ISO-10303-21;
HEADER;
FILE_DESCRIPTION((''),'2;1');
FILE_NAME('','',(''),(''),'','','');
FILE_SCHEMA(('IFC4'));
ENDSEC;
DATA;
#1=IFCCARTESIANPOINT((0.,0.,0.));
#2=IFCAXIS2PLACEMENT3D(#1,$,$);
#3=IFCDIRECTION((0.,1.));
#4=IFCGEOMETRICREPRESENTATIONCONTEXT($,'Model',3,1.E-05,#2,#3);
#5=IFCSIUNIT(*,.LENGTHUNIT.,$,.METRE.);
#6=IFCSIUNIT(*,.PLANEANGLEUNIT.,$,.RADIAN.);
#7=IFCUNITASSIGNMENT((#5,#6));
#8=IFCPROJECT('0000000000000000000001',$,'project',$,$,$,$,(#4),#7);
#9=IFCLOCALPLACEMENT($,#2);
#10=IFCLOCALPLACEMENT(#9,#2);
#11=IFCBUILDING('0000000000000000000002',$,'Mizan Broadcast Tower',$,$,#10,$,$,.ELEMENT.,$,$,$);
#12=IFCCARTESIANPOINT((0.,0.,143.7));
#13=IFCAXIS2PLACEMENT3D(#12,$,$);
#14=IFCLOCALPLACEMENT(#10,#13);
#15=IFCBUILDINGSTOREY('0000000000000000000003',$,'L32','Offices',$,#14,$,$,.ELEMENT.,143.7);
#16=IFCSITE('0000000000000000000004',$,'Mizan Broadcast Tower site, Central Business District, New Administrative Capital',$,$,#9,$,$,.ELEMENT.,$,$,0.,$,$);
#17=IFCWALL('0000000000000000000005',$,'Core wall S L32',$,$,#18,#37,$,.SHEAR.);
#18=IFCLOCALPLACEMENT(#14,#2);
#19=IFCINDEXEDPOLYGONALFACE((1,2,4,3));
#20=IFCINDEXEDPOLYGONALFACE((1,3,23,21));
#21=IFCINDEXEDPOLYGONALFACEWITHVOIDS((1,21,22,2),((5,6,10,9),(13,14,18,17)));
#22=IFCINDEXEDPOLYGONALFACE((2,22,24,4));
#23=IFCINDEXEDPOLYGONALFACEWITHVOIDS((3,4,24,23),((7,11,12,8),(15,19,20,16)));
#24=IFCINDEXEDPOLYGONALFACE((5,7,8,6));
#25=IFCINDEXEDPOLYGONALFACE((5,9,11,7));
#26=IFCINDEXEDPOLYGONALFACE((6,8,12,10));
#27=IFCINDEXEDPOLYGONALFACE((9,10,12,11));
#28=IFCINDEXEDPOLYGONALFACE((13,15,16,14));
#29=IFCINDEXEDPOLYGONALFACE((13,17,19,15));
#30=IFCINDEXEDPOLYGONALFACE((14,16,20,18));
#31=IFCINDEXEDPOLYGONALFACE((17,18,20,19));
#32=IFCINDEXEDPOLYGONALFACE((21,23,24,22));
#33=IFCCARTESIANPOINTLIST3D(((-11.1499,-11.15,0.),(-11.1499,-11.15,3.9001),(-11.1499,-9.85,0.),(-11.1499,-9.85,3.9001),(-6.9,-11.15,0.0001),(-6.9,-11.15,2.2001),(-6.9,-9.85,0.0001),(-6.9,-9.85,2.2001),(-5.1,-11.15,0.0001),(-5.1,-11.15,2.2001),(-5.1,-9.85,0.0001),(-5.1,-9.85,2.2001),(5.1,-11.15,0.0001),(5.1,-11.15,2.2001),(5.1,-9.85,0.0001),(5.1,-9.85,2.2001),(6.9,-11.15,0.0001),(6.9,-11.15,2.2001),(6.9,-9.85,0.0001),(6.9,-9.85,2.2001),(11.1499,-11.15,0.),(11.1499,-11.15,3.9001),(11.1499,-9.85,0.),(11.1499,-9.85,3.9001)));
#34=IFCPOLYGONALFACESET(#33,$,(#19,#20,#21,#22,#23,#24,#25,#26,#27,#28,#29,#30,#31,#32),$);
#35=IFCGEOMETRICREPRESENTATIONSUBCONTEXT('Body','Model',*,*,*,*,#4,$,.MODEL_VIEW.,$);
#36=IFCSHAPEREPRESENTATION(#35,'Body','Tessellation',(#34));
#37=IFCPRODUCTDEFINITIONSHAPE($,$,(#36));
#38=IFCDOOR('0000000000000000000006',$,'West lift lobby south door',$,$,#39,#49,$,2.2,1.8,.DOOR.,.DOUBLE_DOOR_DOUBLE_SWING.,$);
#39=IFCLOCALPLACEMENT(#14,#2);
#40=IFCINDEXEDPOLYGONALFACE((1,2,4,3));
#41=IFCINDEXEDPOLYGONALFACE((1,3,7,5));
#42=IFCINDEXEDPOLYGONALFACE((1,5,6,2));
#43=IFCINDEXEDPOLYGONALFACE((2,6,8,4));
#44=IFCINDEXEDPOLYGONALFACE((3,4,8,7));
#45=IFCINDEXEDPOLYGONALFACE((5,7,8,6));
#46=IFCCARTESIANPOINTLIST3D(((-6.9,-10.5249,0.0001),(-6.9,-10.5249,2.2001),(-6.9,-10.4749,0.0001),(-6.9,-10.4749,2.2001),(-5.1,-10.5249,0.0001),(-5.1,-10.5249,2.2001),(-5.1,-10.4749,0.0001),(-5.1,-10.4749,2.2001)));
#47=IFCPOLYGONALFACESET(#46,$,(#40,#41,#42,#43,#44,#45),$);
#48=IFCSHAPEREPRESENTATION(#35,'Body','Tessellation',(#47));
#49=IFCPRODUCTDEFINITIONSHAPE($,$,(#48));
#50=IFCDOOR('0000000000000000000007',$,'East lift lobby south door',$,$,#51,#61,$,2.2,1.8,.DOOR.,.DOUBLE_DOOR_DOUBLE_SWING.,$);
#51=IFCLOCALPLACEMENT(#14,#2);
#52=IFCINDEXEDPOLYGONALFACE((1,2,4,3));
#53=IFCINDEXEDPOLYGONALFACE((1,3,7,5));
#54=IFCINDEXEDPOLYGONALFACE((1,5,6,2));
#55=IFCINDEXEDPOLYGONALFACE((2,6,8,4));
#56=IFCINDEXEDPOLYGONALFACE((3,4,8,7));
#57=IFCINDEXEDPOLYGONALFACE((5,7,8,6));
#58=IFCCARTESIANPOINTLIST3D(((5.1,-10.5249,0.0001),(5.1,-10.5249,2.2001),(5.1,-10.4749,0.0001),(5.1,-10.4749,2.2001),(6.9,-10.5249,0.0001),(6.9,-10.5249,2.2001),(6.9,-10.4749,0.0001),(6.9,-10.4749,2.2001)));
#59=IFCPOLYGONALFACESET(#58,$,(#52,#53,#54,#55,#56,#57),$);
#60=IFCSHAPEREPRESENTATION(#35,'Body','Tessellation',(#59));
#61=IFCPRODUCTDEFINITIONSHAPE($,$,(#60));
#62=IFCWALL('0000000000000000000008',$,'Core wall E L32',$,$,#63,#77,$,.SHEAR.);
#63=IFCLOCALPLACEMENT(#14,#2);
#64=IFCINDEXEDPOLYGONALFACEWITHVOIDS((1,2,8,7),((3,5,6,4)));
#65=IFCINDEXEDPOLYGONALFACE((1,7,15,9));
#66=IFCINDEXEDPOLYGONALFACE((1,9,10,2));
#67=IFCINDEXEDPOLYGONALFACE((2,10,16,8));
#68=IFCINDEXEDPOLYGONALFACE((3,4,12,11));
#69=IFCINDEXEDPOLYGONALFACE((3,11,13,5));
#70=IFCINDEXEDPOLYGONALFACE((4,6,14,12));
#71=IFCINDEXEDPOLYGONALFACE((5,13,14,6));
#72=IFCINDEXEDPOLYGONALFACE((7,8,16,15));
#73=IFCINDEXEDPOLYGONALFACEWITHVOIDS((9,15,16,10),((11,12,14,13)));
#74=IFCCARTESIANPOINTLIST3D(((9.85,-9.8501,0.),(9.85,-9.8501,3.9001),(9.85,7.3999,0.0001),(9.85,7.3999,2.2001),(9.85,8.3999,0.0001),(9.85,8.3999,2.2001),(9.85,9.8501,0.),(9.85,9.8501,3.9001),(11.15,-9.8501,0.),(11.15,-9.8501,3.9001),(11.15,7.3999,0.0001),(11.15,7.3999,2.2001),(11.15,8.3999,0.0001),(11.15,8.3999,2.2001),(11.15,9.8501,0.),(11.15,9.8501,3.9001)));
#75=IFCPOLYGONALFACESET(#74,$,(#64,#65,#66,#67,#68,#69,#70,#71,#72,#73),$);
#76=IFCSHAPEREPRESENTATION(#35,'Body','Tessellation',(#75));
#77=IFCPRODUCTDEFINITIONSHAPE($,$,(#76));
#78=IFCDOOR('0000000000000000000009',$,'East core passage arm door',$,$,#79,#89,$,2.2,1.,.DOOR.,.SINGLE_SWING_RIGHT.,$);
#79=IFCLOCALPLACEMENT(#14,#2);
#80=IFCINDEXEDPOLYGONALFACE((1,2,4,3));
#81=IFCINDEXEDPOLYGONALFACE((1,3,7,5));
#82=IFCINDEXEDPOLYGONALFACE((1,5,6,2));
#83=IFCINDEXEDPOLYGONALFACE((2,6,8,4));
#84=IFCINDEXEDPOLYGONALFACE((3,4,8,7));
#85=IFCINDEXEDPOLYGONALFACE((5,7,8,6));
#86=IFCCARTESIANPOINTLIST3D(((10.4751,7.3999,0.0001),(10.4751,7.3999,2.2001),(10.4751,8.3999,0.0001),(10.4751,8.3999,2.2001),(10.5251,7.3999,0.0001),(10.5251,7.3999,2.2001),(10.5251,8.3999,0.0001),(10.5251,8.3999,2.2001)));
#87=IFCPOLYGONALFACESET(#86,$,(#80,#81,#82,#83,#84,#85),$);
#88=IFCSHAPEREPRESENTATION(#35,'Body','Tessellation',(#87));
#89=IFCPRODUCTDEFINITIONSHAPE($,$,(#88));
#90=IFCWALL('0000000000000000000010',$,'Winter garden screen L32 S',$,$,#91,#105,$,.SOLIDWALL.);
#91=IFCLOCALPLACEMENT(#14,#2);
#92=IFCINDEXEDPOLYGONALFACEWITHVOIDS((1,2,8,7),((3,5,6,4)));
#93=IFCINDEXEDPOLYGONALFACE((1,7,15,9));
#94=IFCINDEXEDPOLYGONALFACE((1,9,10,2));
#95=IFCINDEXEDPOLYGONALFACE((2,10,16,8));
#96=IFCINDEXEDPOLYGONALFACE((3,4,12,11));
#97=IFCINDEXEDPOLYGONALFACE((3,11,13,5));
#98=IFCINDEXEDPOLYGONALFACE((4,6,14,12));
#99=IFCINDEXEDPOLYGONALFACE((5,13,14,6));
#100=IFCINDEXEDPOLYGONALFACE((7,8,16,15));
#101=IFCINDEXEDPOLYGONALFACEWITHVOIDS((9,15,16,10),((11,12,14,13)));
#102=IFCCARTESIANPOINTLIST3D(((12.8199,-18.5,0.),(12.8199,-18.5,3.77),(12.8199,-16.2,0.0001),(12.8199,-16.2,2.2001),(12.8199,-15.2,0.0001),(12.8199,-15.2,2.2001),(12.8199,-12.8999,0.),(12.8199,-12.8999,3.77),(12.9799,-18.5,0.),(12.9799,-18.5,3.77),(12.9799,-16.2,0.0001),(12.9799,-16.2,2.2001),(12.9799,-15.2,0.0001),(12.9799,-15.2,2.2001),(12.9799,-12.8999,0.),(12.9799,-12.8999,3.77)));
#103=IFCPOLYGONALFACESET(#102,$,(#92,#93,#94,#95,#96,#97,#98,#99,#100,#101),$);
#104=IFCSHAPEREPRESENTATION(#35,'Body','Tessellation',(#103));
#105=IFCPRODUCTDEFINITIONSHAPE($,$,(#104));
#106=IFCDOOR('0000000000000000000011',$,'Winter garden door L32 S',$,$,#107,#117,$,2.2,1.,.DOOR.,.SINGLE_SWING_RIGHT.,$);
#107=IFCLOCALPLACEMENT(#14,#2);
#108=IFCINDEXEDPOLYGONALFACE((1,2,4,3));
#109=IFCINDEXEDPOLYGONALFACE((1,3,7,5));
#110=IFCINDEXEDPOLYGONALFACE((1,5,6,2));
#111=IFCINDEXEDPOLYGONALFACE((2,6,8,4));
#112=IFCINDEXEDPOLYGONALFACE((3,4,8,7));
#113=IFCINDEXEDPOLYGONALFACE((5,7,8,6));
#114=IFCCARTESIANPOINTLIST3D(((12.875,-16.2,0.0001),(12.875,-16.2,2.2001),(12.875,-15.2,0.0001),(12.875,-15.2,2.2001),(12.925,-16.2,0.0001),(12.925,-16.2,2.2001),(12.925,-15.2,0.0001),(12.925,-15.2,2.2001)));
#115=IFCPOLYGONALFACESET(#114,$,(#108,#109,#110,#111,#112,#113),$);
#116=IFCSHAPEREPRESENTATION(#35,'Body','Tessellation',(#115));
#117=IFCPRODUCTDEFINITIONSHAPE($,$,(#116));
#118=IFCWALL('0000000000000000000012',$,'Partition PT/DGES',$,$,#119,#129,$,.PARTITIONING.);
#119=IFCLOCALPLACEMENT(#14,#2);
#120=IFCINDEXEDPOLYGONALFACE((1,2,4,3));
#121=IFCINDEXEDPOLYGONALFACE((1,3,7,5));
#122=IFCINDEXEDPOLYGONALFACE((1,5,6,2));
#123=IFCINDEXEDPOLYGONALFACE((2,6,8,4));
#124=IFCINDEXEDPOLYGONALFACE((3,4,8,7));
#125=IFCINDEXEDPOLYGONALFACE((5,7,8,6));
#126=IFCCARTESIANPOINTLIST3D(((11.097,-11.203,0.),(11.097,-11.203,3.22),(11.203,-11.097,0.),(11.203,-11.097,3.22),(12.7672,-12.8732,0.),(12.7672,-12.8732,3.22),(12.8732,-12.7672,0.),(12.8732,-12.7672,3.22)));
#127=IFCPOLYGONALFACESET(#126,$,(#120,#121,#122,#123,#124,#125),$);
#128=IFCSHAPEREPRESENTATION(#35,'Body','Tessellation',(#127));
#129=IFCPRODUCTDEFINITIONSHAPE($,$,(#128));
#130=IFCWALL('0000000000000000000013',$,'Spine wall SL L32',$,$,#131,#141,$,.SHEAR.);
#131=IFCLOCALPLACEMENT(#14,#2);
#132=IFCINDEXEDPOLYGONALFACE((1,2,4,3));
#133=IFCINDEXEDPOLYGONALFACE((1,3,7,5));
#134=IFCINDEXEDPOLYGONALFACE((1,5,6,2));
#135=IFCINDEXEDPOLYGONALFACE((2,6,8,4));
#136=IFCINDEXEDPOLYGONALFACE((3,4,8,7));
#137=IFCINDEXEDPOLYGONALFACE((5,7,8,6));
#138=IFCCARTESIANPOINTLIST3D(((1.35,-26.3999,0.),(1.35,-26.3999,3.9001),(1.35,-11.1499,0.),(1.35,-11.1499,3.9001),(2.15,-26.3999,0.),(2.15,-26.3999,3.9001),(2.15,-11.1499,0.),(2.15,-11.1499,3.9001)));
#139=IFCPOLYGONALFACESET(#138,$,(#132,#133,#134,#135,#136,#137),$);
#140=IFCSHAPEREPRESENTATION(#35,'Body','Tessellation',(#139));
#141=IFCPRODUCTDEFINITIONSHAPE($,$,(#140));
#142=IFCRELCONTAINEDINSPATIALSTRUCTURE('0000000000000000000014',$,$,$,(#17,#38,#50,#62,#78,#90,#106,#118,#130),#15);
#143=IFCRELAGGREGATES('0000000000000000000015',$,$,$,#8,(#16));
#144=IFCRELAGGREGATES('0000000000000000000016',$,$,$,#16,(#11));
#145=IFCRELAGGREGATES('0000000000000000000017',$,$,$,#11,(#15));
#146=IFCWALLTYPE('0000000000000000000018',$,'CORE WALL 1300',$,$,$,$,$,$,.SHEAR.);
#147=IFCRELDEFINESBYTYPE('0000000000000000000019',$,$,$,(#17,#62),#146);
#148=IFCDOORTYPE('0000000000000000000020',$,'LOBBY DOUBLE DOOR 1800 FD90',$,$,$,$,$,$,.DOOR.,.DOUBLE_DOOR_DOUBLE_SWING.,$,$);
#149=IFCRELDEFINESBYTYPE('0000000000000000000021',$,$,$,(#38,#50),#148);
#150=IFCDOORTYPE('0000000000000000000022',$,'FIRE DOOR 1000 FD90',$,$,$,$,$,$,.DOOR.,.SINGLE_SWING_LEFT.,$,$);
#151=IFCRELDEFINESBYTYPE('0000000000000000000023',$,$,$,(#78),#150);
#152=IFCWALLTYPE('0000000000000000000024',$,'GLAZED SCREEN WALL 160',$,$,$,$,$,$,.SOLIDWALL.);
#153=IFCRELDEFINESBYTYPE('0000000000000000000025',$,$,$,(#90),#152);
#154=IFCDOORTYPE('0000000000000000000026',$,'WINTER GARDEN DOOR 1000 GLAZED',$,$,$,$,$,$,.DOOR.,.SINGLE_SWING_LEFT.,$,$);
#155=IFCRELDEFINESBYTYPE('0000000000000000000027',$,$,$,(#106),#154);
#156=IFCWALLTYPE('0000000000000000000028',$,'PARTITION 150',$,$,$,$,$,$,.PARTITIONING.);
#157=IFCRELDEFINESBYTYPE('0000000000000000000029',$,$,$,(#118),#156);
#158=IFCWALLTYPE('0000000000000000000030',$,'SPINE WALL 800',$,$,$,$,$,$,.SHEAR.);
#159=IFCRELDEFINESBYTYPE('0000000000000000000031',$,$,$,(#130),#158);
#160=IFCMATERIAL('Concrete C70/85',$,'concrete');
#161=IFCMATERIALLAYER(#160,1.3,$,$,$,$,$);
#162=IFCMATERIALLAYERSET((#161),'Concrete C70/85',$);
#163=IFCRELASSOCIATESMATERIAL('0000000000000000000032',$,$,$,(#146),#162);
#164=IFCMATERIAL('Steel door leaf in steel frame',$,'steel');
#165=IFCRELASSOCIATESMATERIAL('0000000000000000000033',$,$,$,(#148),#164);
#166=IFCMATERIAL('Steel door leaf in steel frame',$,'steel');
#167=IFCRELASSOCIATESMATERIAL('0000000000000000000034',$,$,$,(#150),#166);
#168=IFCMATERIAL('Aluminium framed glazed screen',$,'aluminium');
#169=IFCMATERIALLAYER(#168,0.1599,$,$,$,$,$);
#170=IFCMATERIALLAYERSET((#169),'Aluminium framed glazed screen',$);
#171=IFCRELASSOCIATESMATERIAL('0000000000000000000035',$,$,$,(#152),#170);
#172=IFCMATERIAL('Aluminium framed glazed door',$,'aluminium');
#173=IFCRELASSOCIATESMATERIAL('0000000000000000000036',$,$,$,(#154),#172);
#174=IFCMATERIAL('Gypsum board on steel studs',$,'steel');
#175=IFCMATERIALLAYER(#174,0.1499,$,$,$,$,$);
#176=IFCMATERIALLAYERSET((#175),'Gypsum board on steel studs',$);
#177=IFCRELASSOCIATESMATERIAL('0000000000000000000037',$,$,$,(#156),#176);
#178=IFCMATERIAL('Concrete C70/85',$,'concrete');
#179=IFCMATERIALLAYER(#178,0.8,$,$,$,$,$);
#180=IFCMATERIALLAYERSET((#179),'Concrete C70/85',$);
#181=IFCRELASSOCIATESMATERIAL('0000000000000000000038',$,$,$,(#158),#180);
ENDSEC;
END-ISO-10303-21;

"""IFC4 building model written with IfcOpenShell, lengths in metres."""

from ifc_helpers import new_model, si_unit, direction, frame, frame_2d, origin, place, context, subcontext, project, spatial, rectangle, extrude, material, layer, layer_set, type_object, element, fill, save


model = new_model("IFC4")

# Units and contexts
model_context = context("Model", 3, precision=1e-05, world=origin(), true_north=direction((0.0, 1.0)))
body_context = subcontext(model_context, "Body", "Model", "MODEL_VIEW")
ifc_project = project(units=[si_unit("LENGTHUNIT", "METRE"), si_unit("PLANEANGLEUNIT", "RADIAN")], contexts=[model_context])

# Site, building, storey
site_placement = place(None, origin())
site = spatial("IfcSite", under=ifc_project, at=site_placement, Name="Mizan Broadcast Tower site, Central Business District, New Administrative Capital", CompositionType="ELEMENT", RefElevation=0.0)
building_placement = place(site_placement, origin())
building = spatial("IfcBuilding", under=site, at=building_placement, Name="Mizan Broadcast Tower", CompositionType="ELEMENT")
storey_placement = place(building_placement, frame((0.0, 0.0, 143.7)))
storey = spatial("IfcBuildingStorey", under=building, at=storey_placement, Name="L32", Description="Offices", CompositionType="ELEMENT", Elevation=143.7)

# Wall, openings, doors
ifc_material_1 = material(Name="Concrete C70/85", Category="concrete")
ifc_layer_1 = layer(ifc_material_1, 1.3)
ifc_layer_set_1 = layer_set([ifc_layer_1], Name="Concrete C70/85")
wall_type_1 = type_object("IfcWallType", Name="CORE WALL 1300", PredefinedType="SHEAR", material=ifc_layer_set_1)
wall_1_placement = place(storey_placement, frame((11.1499, -10.5, 0.0), z_axis=(0.0, 0.0, 1.0), x_axis=(-1.0, 0.0, 0.0)))
wall_1 = element("IfcWall", 1, at=wall_1_placement, inside=storey, type_object=wall_type_1, Name="Core wall S L32", PredefinedType="SHEAR", context=body_context, shape_type="SweptSolid", body=[
    extrude(rectangle(XDim=22.2998, YDim=1.3, at=frame_2d((11.1499, 0.0))), origin(), (0.0, 0.0, 1.0), 3.9001),
])
opening_1_placement = place(wall_1_placement, frame((16.25, 0.0, 0.0)))
opening_1 = element("IfcOpeningElement", 2, at=opening_1_placement, cuts=wall_1, PredefinedType="OPENING", context=body_context, shape_type="SweptSolid", body=[
    extrude(rectangle(XDim=1.8, YDim=2.2, at=frame_2d((0.8999, 1.1001))), frame((0.0, 0.6599, 0.0), z_axis=(0.0, -1.0, 0.0), x_axis=(1.0, 0.0, 0.0)), (0.0, 0.0, 1.0), 1.3201),
])
opening_2_placement = place(wall_1_placement, frame((4.25, 0.0, 0.0)))
opening_2 = element("IfcOpeningElement", 3, at=opening_2_placement, cuts=wall_1, PredefinedType="OPENING", context=body_context, shape_type="SweptSolid", body=[
    extrude(rectangle(XDim=1.8, YDim=2.2, at=frame_2d((0.8999, 1.1001))), frame((0.0, 0.6599, 0.0), z_axis=(0.0, -1.0, 0.0), x_axis=(1.0, 0.0, 0.0)), (0.0, 0.0, 1.0), 1.3201),
])
ifc_material_2 = material(Name="Steel door leaf in steel frame", Category="steel")
door_type_1 = type_object("IfcDoorType", Name="LOBBY DOUBLE DOOR 1800 FD90", OperationType="DOUBLE_DOOR_DOUBLE_SWING", PredefinedType="DOOR", material=ifc_material_2)
door_1_placement = place(opening_1_placement, origin())
door_1 = element("IfcDoor", 4, at=door_1_placement, inside=storey, type_object=door_type_1, Name="West lift lobby south door", OperationType="DOUBLE_DOOR_DOUBLE_SWING", OverallHeight=2.2, OverallWidth=1.8, PredefinedType="DOOR", context=body_context, shape_type="SweptSolid", body=[
    extrude(rectangle(XDim=1.8, YDim=2.2, at=frame_2d((0.8999, 1.1001))), frame((0.0, 0.0249, 0.0), z_axis=(0.0, -1.0, 0.0), x_axis=(1.0, 0.0, 0.0)), (0.0, 0.0, 1.0), 0.05),
])
fill(opening_1, door_1)
door_2_placement = place(opening_2_placement, origin())
door_2 = element("IfcDoor", 5, at=door_2_placement, inside=storey, type_object=door_type_1, Name="East lift lobby south door", OperationType="DOUBLE_DOOR_DOUBLE_SWING", OverallHeight=2.2, OverallWidth=1.8, PredefinedType="DOOR", context=body_context, shape_type="SweptSolid", body=[
    extrude(rectangle(XDim=1.8, YDim=2.2, at=frame_2d((0.8999, 1.1001))), frame((0.0, 0.0249, 0.0), z_axis=(0.0, -1.0, 0.0), x_axis=(1.0, 0.0, 0.0)), (0.0, 0.0, 1.0), 0.05),
])
fill(opening_2, door_2)

# Walls, openings, doors
wall_2_placement = place(storey_placement, frame((10.5, -9.8501, 0.0), z_axis=(0.0, 0.0, 1.0), x_axis=(0.0, 1.0, 0.0)))
wall_2 = element("IfcWall", 6, at=wall_2_placement, inside=storey, type_object=wall_type_1, Name="Core wall E L32", PredefinedType="SHEAR", context=body_context, shape_type="SweptSolid", body=[
    extrude(rectangle(XDim=19.7002, YDim=1.3, at=frame_2d((9.8501, 0.0))), origin(), (0.0, 0.0, 1.0), 3.9001),
])
opening_3_placement = place(wall_2_placement, frame((17.25, 0.0, 0.0)))
opening_3 = element("IfcOpeningElement", 7, at=opening_3_placement, cuts=wall_2, PredefinedType="OPENING", context=body_context, shape_type="SweptSolid", body=[
    extrude(rectangle(XDim=1.0, YDim=2.2, at=frame_2d((0.5, 1.1001))), frame((0.0, 0.6599, 0.0), z_axis=(0.0, -1.0, 0.0), x_axis=(1.0, 0.0, 0.0)), (0.0, 0.0, 1.0), 1.3201),
])
ifc_material_3 = material(Name="Steel door leaf in steel frame", Category="steel")
door_type_2 = type_object("IfcDoorType", Name="FIRE DOOR 1000 FD90", OperationType="SINGLE_SWING_LEFT", PredefinedType="DOOR", material=ifc_material_3)
door_3_placement = place(opening_3_placement, origin())
door_3 = element("IfcDoor", 8, at=door_3_placement, inside=storey, type_object=door_type_2, Name="East core passage arm door", OperationType="SINGLE_SWING_RIGHT", OverallHeight=2.2, OverallWidth=1.0, PredefinedType="DOOR", context=body_context, shape_type="SweptSolid", body=[
    extrude(rectangle(XDim=1.0, YDim=2.2, at=frame_2d((0.5, 1.1001))), frame((0.0, 0.0249, 0.0), z_axis=(0.0, -1.0, 0.0), x_axis=(1.0, 0.0, 0.0)), (0.0, 0.0, 1.0), 0.05),
])
fill(opening_3, door_3)
ifc_material_4 = material(Name="Aluminium framed glazed screen", Category="aluminium")
ifc_layer_2 = layer(ifc_material_4, 0.1599)
ifc_layer_set_2 = layer_set([ifc_layer_2], Name="Aluminium framed glazed screen")
wall_type_2 = type_object("IfcWallType", Name="GLAZED SCREEN WALL 160", PredefinedType="SOLIDWALL", material=ifc_layer_set_2)
wall_3_placement = place(storey_placement, frame((12.8999, -18.5, 0.0), z_axis=(0.0, 0.0, 1.0), x_axis=(0.0, 1.0, 0.0)))
wall_3 = element("IfcWall", 9, at=wall_3_placement, inside=storey, type_object=wall_type_2, Name="Winter garden screen L32 S", PredefinedType="SOLIDWALL", context=body_context, shape_type="SweptSolid", body=[
    extrude(rectangle(XDim=5.6001, YDim=0.1599, at=frame_2d((2.8, 0.0))), origin(), (0.0, 0.0, 1.0), 3.77),
])
opening_4_placement = place(wall_3_placement, frame((2.3, 0.0, 0.0)))
opening_4 = element("IfcOpeningElement", 10, at=opening_4_placement, cuts=wall_3, PredefinedType="OPENING", context=body_context, shape_type="SweptSolid", body=[
    extrude(rectangle(XDim=1.0, YDim=2.2, at=frame_2d((0.5, 1.1001))), frame((0.0, 0.0898, 0.0), z_axis=(0.0, -1.0, 0.0), x_axis=(1.0, 0.0, 0.0)), (0.0, 0.0, 1.0), 0.1799),
])
ifc_material_5 = material(Name="Aluminium framed glazed door", Category="aluminium")
door_type_3 = type_object("IfcDoorType", Name="WINTER GARDEN DOOR 1000 GLAZED", OperationType="SINGLE_SWING_LEFT", PredefinedType="DOOR", material=ifc_material_5)
door_4_placement = place(opening_4_placement, origin())
door_4 = element("IfcDoor", 11, at=door_4_placement, inside=storey, type_object=door_type_3, Name="Winter garden door L32 S", OperationType="SINGLE_SWING_RIGHT", OverallHeight=2.2, OverallWidth=1.0, PredefinedType="DOOR", context=body_context, shape_type="SweptSolid", body=[
    extrude(rectangle(XDim=1.0, YDim=2.2, at=frame_2d((0.5, 1.1001))), frame((0.0, 0.0249, 0.0), z_axis=(0.0, -1.0, 0.0), x_axis=(1.0, 0.0, 0.0)), (0.0, 0.0, 1.0), 0.05),
])
fill(opening_4, door_4)

# Walls
ifc_material_6 = material(Name="Gypsum board on steel studs", Category="steel")
ifc_layer_3 = layer(ifc_material_6, 0.1499)
ifc_layer_set_3 = layer_set([ifc_layer_3], Name="Gypsum board on steel studs")
wall_type_3 = type_object("IfcWallType", Name="PARTITION 150", PredefinedType="PARTITIONING", material=ifc_layer_set_3)
wall_4_placement = place(storey_placement, frame((11.1499, -11.1499, 0.0), z_axis=(0.0, 0.0, 1.0), x_axis=(0.707107, -0.707107, 0.0)))
element("IfcWall", 12, at=wall_4_placement, inside=storey, type_object=wall_type_3, Name="Partition PT/DGES", PredefinedType="PARTITIONING", context=body_context, shape_type="SweptSolid", body=[
    extrude(rectangle(XDim=2.3621, YDim=0.1499, at=frame_2d((1.1812, 0.0))), origin(), (0.0, 0.0, 1.0), 3.22),
])
ifc_material_7 = material(Name="Concrete C70/85", Category="concrete")
ifc_layer_4 = layer(ifc_material_7, 0.8)
ifc_layer_set_4 = layer_set([ifc_layer_4], Name="Concrete C70/85")
wall_type_4 = type_object("IfcWallType", Name="SPINE WALL 800", PredefinedType="SHEAR", material=ifc_layer_set_4)
wall_5_placement = place(storey_placement, frame((1.75, -11.1499, 0.0), z_axis=(0.0, 0.0, 1.0), x_axis=(0.0, -1.0, 0.0)))
element("IfcWall", 13, at=wall_5_placement, inside=storey, type_object=wall_type_4, Name="Spine wall SL L32", PredefinedType="SHEAR", context=body_context, shape_type="SweptSolid", body=[
    extrude(rectangle(XDim=15.25, YDim=0.8, at=frame_2d((7.625, 0.0))), origin(), (0.0, 0.0, 1.0), 3.9001),
])

save(model, "model.ifc")
